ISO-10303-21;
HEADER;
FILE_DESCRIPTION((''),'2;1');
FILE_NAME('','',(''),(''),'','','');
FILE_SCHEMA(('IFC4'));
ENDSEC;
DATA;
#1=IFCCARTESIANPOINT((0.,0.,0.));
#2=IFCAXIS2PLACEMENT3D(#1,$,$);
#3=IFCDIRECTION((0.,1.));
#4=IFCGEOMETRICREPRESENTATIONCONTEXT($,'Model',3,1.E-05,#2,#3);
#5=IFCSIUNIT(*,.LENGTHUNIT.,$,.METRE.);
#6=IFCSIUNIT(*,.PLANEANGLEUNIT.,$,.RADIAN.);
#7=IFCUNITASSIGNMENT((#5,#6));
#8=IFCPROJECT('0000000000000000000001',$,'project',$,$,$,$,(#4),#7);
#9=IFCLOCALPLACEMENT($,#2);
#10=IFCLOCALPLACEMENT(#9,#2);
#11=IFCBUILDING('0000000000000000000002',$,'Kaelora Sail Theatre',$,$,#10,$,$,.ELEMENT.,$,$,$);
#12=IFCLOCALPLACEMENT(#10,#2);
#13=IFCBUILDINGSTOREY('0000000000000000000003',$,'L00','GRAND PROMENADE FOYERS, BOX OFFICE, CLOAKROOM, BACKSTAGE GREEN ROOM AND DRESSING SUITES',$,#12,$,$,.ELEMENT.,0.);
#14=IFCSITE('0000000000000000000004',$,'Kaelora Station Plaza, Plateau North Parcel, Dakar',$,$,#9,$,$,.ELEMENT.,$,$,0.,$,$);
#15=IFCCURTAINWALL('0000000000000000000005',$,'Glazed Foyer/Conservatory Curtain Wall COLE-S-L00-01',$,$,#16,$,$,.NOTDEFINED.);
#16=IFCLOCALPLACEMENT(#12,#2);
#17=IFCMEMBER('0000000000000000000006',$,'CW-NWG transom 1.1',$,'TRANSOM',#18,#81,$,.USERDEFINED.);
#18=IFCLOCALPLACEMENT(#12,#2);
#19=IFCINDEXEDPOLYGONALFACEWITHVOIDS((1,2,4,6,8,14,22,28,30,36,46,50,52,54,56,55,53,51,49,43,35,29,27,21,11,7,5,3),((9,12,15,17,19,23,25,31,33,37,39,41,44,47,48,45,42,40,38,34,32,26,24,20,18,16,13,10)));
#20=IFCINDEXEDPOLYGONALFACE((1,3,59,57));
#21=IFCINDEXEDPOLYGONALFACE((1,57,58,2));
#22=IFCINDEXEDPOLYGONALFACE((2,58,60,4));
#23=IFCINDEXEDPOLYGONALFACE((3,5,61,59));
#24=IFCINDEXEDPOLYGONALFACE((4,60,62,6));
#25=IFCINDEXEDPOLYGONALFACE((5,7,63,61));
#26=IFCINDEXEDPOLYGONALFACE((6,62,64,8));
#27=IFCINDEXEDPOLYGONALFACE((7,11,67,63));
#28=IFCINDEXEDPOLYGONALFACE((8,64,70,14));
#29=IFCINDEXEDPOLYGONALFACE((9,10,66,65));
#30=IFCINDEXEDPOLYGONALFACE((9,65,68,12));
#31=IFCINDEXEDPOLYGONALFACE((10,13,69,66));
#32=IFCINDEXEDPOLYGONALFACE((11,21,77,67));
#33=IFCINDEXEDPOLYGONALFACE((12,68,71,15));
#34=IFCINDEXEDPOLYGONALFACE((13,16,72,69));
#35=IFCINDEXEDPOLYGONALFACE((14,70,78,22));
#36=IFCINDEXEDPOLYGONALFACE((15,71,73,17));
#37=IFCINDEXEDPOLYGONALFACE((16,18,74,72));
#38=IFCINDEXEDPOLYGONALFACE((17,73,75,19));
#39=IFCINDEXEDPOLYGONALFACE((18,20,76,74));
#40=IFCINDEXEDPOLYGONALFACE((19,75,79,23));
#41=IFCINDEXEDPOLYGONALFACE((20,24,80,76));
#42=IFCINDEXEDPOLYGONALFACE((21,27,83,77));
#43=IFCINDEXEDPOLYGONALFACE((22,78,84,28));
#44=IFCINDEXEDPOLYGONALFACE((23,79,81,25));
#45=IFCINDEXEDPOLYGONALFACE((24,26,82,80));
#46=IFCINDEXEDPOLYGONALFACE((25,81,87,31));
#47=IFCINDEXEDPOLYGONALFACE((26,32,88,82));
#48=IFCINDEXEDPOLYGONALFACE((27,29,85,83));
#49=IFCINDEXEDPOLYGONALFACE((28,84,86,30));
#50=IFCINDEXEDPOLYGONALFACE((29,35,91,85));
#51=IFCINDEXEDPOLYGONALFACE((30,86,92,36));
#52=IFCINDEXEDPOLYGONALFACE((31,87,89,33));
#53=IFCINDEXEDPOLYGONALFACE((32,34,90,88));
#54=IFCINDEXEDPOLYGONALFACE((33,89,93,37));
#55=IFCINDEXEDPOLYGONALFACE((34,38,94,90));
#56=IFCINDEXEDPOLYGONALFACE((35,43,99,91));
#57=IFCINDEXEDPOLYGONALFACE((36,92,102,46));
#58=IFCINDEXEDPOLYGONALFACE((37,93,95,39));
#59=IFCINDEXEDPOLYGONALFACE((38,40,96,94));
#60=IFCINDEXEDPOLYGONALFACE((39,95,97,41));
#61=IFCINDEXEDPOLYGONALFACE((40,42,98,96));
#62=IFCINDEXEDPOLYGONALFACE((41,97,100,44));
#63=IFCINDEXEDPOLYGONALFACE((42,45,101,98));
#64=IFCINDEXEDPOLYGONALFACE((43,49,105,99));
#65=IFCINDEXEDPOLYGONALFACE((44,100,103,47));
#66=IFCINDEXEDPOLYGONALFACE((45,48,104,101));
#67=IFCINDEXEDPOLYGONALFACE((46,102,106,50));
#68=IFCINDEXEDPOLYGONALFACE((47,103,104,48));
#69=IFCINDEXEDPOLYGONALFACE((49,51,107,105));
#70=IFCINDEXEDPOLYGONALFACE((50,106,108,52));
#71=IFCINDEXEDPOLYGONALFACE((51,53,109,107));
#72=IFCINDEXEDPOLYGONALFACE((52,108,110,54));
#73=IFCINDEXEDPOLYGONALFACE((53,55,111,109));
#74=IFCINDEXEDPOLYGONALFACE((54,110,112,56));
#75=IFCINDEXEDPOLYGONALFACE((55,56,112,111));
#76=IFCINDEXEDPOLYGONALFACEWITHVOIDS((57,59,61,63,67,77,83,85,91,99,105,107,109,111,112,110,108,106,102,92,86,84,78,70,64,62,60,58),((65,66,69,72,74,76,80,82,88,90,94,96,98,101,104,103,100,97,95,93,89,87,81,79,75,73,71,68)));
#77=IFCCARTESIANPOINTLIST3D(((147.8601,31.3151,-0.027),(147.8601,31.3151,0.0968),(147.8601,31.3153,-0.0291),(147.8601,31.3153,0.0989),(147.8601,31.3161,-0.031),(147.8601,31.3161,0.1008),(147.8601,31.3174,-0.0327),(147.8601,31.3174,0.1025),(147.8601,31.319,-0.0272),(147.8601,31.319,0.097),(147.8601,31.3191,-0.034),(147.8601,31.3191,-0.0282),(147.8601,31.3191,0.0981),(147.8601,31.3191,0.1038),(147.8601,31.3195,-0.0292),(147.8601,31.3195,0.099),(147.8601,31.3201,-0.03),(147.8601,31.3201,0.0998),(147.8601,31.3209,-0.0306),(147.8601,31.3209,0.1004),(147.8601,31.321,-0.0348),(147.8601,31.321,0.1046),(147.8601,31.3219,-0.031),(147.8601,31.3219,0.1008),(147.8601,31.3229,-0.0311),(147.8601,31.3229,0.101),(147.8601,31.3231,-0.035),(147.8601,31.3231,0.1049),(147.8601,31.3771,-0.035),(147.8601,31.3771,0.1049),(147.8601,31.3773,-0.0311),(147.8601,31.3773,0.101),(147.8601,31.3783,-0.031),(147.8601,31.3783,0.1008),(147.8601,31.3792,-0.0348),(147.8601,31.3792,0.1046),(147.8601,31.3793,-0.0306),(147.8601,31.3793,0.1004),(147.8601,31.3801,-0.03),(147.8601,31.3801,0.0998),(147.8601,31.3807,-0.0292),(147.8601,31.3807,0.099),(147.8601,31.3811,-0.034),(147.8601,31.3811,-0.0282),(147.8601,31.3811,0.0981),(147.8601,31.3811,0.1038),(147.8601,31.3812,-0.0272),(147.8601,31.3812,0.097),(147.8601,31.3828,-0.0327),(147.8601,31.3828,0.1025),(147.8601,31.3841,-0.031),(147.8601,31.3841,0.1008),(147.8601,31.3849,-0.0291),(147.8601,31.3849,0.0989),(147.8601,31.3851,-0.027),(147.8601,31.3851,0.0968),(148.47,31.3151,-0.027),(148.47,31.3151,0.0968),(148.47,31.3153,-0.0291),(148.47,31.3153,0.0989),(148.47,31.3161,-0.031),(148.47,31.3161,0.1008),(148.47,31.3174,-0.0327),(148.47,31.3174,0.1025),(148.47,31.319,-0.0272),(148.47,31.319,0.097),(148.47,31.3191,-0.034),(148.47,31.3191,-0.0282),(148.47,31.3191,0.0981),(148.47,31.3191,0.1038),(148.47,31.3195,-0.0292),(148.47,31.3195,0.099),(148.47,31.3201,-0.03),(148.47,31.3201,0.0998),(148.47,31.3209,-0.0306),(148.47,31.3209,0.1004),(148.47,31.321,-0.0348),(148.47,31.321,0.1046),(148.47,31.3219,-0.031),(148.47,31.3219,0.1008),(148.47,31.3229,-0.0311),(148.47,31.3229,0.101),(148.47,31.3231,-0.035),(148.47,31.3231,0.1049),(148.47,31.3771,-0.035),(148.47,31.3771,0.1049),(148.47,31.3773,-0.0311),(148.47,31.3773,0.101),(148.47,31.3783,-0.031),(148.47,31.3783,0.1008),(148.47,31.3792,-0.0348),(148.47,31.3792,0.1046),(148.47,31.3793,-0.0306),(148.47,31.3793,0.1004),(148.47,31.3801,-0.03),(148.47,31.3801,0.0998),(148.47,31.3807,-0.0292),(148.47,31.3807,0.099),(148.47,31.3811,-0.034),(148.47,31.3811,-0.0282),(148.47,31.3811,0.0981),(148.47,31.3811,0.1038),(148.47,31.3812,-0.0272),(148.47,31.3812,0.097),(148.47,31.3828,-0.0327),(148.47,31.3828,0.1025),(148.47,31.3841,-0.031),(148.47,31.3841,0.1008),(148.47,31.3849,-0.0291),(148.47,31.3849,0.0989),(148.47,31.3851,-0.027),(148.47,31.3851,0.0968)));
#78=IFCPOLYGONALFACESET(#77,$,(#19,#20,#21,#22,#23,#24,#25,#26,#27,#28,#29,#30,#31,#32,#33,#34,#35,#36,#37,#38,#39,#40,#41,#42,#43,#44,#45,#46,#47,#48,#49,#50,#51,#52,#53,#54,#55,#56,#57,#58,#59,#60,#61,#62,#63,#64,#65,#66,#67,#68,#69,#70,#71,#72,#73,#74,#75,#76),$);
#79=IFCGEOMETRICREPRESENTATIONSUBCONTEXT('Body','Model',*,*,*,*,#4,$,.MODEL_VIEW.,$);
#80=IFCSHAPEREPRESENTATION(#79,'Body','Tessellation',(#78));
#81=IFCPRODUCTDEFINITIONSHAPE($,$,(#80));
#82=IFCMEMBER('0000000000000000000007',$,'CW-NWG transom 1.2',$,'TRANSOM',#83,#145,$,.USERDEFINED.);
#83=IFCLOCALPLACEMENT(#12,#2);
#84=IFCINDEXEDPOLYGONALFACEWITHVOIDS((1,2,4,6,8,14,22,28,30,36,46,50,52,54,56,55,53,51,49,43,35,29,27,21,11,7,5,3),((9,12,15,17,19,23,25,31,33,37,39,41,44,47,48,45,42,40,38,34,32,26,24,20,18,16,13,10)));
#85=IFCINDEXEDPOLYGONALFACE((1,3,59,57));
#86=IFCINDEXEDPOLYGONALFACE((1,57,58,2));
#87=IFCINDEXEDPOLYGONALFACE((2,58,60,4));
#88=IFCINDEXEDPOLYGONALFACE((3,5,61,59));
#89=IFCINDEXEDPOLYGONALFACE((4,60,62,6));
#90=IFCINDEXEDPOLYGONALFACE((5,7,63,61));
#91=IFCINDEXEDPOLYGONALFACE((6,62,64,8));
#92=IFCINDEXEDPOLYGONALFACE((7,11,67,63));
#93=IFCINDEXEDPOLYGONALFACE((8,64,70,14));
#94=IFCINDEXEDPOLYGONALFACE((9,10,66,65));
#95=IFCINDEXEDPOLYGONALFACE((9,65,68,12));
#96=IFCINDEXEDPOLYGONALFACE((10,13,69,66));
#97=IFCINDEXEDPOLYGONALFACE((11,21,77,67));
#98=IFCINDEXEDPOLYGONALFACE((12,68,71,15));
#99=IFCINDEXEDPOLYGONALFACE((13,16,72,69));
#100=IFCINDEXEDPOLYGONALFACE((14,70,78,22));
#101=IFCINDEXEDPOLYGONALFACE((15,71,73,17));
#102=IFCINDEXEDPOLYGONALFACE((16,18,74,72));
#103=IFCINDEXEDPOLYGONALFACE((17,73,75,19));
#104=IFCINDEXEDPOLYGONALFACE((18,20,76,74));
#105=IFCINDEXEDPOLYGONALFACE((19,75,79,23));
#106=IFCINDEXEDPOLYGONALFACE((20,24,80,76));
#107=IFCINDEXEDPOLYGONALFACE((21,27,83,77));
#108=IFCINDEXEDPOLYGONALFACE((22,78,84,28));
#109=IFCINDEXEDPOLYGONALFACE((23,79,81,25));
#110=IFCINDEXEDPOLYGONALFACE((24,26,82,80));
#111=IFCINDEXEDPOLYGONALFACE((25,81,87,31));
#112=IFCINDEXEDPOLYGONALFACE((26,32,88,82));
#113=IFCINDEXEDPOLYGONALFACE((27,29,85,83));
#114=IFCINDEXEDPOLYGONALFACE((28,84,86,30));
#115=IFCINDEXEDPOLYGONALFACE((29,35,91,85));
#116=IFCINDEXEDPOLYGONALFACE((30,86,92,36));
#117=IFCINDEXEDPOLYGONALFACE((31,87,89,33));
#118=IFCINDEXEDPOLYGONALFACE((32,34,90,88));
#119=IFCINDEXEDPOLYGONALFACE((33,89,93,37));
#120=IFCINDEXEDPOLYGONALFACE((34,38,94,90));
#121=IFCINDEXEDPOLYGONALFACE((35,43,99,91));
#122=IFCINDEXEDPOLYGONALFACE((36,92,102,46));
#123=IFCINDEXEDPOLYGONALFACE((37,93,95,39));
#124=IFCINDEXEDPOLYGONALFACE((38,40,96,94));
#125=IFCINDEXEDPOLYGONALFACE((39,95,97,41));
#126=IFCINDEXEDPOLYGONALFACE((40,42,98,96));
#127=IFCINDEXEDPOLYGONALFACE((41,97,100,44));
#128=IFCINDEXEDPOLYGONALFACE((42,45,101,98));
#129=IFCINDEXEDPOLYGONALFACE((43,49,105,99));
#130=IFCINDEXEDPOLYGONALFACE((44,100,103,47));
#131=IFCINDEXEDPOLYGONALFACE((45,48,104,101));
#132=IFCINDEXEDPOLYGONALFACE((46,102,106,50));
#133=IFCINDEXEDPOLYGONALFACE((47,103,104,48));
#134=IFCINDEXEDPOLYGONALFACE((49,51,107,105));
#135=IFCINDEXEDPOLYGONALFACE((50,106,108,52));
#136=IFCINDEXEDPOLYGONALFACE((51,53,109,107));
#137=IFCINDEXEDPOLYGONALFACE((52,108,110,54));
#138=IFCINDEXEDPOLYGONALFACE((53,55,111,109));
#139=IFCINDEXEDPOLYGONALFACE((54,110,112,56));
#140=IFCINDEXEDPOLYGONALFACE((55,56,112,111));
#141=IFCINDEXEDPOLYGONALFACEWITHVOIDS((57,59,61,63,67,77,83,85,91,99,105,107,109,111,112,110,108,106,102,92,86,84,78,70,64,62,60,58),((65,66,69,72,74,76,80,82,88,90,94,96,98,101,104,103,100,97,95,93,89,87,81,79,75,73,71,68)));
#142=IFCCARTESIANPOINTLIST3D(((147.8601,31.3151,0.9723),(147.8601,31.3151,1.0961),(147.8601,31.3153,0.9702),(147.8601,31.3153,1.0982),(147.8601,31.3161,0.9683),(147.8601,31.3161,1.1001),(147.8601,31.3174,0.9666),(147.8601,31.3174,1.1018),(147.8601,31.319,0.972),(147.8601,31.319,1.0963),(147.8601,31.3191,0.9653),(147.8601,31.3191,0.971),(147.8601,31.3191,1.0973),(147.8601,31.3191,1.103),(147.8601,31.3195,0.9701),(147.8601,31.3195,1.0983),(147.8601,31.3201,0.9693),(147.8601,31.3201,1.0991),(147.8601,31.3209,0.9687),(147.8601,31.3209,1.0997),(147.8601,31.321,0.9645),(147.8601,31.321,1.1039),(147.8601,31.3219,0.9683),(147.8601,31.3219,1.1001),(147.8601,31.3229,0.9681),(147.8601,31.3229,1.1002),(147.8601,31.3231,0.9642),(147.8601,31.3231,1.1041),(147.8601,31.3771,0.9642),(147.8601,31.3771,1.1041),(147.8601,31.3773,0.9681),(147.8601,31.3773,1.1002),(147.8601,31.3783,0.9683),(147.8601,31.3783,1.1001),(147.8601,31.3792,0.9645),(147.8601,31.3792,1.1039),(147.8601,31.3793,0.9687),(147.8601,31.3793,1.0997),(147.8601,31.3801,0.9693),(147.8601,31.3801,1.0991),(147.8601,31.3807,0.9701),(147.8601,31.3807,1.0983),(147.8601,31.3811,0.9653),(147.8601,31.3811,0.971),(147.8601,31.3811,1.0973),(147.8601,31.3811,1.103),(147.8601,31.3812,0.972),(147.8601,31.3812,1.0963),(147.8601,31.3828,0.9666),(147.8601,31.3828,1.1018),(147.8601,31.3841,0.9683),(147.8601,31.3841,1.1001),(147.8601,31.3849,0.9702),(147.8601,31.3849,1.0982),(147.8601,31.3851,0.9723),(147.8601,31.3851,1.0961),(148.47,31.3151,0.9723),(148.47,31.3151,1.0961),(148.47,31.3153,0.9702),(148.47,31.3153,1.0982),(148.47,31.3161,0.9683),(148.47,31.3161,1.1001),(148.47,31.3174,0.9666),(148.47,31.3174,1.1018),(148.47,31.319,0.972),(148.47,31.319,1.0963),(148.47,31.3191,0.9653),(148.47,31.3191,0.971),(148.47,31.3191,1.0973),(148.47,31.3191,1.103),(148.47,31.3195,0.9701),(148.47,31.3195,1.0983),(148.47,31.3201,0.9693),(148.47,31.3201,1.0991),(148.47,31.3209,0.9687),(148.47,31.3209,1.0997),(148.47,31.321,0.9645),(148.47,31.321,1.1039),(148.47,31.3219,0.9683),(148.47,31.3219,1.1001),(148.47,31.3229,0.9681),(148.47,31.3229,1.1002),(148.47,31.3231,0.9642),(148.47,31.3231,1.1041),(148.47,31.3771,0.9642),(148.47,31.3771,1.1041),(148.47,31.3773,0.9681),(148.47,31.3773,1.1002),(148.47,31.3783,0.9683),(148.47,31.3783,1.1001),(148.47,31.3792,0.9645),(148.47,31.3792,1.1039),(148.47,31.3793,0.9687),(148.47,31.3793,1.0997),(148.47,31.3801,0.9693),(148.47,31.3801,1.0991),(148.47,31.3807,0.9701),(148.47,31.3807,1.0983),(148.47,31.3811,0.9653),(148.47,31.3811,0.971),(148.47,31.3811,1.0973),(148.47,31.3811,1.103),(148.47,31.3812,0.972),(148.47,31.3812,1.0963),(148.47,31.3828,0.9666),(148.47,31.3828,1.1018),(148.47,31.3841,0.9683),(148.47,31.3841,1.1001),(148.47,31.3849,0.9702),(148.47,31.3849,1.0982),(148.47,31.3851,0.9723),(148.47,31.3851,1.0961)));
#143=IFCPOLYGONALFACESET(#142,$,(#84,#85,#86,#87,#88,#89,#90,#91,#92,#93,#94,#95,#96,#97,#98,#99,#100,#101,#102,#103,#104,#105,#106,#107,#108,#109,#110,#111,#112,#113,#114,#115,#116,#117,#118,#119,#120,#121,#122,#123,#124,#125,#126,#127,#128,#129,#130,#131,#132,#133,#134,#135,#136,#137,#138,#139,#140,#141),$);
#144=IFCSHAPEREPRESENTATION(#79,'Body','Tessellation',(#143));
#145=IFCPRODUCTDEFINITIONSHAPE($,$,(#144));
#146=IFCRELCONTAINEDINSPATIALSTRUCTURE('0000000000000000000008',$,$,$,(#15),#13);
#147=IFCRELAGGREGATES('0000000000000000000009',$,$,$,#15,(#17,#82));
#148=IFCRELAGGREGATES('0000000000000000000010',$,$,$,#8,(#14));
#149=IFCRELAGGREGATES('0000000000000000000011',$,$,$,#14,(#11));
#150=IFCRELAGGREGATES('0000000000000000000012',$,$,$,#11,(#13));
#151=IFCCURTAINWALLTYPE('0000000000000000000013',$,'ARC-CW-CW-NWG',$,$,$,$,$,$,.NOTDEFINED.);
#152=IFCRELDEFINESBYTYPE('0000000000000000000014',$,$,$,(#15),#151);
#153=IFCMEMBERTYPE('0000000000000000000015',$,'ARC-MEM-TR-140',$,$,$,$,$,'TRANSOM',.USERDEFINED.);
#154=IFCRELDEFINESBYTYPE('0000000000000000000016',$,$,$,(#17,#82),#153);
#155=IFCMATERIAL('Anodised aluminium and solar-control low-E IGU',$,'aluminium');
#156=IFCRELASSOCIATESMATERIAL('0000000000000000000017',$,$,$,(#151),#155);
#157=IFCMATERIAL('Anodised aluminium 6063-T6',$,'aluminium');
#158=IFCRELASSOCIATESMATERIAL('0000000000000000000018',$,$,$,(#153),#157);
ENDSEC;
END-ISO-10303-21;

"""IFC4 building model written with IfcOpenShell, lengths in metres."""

from ifc_helpers import new_model, si_unit, direction, frame, origin, origin_2d, place, context, subcontext, project, spatial, hollow_rectangle, extrude, material, material_profile, profile_set, type_object, element, aggregate, save


model = new_model("IFC4")

# Units and contexts
model_context = context("Model", 3, precision=1e-05, world=origin(), true_north=direction((0.0, 1.0)))
body_context = subcontext(model_context, "Body", "Model", "MODEL_VIEW")
ifc_project = project(units=[si_unit("LENGTHUNIT", "METRE"), si_unit("PLANEANGLEUNIT", "RADIAN")], contexts=[model_context])

# Site, building, storey
site_placement = place(None, origin())
site = spatial("IfcSite", under=ifc_project, at=site_placement, Name="Kaelora Station Plaza, Plateau North Parcel, Dakar", CompositionType="ELEMENT", RefElevation=0.0)
building_placement = place(site_placement, origin())
building = spatial("IfcBuilding", under=site, at=building_placement, Name="Kaelora Sail Theatre", CompositionType="ELEMENT")
storey_placement = place(building_placement, origin())
storey = spatial("IfcBuildingStorey", under=building, at=storey_placement, Name="L00", Description="GRAND PROMENADE FOYERS, BOX OFFICE, CLOAKROOM, BACKSTAGE GREEN ROOM AND DRESSING SUITES", CompositionType="ELEMENT", Elevation=0.0)

# Curtain wall
ifc_material_1 = material(Name="Anodised aluminium and solar-control low-E IGU", Category="aluminium")
curtain_wall_type = type_object("IfcCurtainWallType", Name="ARC-CW-CW-NWG", PredefinedType="NOTDEFINED", material=ifc_material_1)
curtain_wall_placement = place(storey_placement, origin())
curtain_wall = element("IfcCurtainWall", 1, at=curtain_wall_placement, inside=storey, type_object=curtain_wall_type, Name="Glazed Foyer/Conservatory Curtain Wall COLE-S-L00-01", PredefinedType="NOTDEFINED")

# Members
ifc_material_2 = material(Name="Anodised aluminium 6063-T6", Category="aluminium")
ifc_material_profile_1 = material_profile(ifc_material_2, hollow_rectangle(XDim=0.0701, YDim=0.1399, WallThickness=0.0039, InnerFilletRadius=0.0039, OuterFilletRadius=0.0081, at=origin_2d()), Name="ALU-TRAN 70x140x4")
ifc_profile_set_1 = profile_set([ifc_material_profile_1], Name="Anodised aluminium 6063-T6")
member_type_1 = type_object("IfcMemberType", Name="ARC-MEM-TR-140", ElementType="TRANSOM", PredefinedType="USERDEFINED", material=ifc_profile_set_1)
member_1_placement = place(storey_placement, frame((147.8601, 31.3501, 0.0349), z_axis=(1.0, 0.0, 0.0), x_axis=(0.0, 1.0, 0.0)))
member_1 = element("IfcMember", 2, at=member_1_placement, type_object=member_type_1, Name="CW-NWG transom 1.1", ObjectType="TRANSOM", PredefinedType="USERDEFINED", context=body_context, shape_type="SweptSolid", body=[
    extrude(hollow_rectangle(XDim=0.0701, YDim=0.1399, WallThickness=0.0039, InnerFilletRadius=0.0039, OuterFilletRadius=0.0081, at=origin_2d()), origin(), (0.0, 0.0, 1.0), 0.6099),
])
member_2_placement = place(storey_placement, frame((147.8601, 31.3501, 1.0342), z_axis=(1.0, 0.0, 0.0), x_axis=(0.0, 1.0, 0.0)))
member_2 = element("IfcMember", 3, at=member_2_placement, type_object=member_type_1, Name="CW-NWG transom 1.2", ObjectType="TRANSOM", PredefinedType="USERDEFINED", context=body_context, shape_type="SweptSolid", body=[
    extrude(hollow_rectangle(XDim=0.0701, YDim=0.1399, WallThickness=0.0039, InnerFilletRadius=0.0039, OuterFilletRadius=0.0081, at=origin_2d()), origin(), (0.0, 0.0, 1.0), 0.6099),
])

aggregate(curtain_wall, [member_1, member_2])

save(model, "model.ifc")
